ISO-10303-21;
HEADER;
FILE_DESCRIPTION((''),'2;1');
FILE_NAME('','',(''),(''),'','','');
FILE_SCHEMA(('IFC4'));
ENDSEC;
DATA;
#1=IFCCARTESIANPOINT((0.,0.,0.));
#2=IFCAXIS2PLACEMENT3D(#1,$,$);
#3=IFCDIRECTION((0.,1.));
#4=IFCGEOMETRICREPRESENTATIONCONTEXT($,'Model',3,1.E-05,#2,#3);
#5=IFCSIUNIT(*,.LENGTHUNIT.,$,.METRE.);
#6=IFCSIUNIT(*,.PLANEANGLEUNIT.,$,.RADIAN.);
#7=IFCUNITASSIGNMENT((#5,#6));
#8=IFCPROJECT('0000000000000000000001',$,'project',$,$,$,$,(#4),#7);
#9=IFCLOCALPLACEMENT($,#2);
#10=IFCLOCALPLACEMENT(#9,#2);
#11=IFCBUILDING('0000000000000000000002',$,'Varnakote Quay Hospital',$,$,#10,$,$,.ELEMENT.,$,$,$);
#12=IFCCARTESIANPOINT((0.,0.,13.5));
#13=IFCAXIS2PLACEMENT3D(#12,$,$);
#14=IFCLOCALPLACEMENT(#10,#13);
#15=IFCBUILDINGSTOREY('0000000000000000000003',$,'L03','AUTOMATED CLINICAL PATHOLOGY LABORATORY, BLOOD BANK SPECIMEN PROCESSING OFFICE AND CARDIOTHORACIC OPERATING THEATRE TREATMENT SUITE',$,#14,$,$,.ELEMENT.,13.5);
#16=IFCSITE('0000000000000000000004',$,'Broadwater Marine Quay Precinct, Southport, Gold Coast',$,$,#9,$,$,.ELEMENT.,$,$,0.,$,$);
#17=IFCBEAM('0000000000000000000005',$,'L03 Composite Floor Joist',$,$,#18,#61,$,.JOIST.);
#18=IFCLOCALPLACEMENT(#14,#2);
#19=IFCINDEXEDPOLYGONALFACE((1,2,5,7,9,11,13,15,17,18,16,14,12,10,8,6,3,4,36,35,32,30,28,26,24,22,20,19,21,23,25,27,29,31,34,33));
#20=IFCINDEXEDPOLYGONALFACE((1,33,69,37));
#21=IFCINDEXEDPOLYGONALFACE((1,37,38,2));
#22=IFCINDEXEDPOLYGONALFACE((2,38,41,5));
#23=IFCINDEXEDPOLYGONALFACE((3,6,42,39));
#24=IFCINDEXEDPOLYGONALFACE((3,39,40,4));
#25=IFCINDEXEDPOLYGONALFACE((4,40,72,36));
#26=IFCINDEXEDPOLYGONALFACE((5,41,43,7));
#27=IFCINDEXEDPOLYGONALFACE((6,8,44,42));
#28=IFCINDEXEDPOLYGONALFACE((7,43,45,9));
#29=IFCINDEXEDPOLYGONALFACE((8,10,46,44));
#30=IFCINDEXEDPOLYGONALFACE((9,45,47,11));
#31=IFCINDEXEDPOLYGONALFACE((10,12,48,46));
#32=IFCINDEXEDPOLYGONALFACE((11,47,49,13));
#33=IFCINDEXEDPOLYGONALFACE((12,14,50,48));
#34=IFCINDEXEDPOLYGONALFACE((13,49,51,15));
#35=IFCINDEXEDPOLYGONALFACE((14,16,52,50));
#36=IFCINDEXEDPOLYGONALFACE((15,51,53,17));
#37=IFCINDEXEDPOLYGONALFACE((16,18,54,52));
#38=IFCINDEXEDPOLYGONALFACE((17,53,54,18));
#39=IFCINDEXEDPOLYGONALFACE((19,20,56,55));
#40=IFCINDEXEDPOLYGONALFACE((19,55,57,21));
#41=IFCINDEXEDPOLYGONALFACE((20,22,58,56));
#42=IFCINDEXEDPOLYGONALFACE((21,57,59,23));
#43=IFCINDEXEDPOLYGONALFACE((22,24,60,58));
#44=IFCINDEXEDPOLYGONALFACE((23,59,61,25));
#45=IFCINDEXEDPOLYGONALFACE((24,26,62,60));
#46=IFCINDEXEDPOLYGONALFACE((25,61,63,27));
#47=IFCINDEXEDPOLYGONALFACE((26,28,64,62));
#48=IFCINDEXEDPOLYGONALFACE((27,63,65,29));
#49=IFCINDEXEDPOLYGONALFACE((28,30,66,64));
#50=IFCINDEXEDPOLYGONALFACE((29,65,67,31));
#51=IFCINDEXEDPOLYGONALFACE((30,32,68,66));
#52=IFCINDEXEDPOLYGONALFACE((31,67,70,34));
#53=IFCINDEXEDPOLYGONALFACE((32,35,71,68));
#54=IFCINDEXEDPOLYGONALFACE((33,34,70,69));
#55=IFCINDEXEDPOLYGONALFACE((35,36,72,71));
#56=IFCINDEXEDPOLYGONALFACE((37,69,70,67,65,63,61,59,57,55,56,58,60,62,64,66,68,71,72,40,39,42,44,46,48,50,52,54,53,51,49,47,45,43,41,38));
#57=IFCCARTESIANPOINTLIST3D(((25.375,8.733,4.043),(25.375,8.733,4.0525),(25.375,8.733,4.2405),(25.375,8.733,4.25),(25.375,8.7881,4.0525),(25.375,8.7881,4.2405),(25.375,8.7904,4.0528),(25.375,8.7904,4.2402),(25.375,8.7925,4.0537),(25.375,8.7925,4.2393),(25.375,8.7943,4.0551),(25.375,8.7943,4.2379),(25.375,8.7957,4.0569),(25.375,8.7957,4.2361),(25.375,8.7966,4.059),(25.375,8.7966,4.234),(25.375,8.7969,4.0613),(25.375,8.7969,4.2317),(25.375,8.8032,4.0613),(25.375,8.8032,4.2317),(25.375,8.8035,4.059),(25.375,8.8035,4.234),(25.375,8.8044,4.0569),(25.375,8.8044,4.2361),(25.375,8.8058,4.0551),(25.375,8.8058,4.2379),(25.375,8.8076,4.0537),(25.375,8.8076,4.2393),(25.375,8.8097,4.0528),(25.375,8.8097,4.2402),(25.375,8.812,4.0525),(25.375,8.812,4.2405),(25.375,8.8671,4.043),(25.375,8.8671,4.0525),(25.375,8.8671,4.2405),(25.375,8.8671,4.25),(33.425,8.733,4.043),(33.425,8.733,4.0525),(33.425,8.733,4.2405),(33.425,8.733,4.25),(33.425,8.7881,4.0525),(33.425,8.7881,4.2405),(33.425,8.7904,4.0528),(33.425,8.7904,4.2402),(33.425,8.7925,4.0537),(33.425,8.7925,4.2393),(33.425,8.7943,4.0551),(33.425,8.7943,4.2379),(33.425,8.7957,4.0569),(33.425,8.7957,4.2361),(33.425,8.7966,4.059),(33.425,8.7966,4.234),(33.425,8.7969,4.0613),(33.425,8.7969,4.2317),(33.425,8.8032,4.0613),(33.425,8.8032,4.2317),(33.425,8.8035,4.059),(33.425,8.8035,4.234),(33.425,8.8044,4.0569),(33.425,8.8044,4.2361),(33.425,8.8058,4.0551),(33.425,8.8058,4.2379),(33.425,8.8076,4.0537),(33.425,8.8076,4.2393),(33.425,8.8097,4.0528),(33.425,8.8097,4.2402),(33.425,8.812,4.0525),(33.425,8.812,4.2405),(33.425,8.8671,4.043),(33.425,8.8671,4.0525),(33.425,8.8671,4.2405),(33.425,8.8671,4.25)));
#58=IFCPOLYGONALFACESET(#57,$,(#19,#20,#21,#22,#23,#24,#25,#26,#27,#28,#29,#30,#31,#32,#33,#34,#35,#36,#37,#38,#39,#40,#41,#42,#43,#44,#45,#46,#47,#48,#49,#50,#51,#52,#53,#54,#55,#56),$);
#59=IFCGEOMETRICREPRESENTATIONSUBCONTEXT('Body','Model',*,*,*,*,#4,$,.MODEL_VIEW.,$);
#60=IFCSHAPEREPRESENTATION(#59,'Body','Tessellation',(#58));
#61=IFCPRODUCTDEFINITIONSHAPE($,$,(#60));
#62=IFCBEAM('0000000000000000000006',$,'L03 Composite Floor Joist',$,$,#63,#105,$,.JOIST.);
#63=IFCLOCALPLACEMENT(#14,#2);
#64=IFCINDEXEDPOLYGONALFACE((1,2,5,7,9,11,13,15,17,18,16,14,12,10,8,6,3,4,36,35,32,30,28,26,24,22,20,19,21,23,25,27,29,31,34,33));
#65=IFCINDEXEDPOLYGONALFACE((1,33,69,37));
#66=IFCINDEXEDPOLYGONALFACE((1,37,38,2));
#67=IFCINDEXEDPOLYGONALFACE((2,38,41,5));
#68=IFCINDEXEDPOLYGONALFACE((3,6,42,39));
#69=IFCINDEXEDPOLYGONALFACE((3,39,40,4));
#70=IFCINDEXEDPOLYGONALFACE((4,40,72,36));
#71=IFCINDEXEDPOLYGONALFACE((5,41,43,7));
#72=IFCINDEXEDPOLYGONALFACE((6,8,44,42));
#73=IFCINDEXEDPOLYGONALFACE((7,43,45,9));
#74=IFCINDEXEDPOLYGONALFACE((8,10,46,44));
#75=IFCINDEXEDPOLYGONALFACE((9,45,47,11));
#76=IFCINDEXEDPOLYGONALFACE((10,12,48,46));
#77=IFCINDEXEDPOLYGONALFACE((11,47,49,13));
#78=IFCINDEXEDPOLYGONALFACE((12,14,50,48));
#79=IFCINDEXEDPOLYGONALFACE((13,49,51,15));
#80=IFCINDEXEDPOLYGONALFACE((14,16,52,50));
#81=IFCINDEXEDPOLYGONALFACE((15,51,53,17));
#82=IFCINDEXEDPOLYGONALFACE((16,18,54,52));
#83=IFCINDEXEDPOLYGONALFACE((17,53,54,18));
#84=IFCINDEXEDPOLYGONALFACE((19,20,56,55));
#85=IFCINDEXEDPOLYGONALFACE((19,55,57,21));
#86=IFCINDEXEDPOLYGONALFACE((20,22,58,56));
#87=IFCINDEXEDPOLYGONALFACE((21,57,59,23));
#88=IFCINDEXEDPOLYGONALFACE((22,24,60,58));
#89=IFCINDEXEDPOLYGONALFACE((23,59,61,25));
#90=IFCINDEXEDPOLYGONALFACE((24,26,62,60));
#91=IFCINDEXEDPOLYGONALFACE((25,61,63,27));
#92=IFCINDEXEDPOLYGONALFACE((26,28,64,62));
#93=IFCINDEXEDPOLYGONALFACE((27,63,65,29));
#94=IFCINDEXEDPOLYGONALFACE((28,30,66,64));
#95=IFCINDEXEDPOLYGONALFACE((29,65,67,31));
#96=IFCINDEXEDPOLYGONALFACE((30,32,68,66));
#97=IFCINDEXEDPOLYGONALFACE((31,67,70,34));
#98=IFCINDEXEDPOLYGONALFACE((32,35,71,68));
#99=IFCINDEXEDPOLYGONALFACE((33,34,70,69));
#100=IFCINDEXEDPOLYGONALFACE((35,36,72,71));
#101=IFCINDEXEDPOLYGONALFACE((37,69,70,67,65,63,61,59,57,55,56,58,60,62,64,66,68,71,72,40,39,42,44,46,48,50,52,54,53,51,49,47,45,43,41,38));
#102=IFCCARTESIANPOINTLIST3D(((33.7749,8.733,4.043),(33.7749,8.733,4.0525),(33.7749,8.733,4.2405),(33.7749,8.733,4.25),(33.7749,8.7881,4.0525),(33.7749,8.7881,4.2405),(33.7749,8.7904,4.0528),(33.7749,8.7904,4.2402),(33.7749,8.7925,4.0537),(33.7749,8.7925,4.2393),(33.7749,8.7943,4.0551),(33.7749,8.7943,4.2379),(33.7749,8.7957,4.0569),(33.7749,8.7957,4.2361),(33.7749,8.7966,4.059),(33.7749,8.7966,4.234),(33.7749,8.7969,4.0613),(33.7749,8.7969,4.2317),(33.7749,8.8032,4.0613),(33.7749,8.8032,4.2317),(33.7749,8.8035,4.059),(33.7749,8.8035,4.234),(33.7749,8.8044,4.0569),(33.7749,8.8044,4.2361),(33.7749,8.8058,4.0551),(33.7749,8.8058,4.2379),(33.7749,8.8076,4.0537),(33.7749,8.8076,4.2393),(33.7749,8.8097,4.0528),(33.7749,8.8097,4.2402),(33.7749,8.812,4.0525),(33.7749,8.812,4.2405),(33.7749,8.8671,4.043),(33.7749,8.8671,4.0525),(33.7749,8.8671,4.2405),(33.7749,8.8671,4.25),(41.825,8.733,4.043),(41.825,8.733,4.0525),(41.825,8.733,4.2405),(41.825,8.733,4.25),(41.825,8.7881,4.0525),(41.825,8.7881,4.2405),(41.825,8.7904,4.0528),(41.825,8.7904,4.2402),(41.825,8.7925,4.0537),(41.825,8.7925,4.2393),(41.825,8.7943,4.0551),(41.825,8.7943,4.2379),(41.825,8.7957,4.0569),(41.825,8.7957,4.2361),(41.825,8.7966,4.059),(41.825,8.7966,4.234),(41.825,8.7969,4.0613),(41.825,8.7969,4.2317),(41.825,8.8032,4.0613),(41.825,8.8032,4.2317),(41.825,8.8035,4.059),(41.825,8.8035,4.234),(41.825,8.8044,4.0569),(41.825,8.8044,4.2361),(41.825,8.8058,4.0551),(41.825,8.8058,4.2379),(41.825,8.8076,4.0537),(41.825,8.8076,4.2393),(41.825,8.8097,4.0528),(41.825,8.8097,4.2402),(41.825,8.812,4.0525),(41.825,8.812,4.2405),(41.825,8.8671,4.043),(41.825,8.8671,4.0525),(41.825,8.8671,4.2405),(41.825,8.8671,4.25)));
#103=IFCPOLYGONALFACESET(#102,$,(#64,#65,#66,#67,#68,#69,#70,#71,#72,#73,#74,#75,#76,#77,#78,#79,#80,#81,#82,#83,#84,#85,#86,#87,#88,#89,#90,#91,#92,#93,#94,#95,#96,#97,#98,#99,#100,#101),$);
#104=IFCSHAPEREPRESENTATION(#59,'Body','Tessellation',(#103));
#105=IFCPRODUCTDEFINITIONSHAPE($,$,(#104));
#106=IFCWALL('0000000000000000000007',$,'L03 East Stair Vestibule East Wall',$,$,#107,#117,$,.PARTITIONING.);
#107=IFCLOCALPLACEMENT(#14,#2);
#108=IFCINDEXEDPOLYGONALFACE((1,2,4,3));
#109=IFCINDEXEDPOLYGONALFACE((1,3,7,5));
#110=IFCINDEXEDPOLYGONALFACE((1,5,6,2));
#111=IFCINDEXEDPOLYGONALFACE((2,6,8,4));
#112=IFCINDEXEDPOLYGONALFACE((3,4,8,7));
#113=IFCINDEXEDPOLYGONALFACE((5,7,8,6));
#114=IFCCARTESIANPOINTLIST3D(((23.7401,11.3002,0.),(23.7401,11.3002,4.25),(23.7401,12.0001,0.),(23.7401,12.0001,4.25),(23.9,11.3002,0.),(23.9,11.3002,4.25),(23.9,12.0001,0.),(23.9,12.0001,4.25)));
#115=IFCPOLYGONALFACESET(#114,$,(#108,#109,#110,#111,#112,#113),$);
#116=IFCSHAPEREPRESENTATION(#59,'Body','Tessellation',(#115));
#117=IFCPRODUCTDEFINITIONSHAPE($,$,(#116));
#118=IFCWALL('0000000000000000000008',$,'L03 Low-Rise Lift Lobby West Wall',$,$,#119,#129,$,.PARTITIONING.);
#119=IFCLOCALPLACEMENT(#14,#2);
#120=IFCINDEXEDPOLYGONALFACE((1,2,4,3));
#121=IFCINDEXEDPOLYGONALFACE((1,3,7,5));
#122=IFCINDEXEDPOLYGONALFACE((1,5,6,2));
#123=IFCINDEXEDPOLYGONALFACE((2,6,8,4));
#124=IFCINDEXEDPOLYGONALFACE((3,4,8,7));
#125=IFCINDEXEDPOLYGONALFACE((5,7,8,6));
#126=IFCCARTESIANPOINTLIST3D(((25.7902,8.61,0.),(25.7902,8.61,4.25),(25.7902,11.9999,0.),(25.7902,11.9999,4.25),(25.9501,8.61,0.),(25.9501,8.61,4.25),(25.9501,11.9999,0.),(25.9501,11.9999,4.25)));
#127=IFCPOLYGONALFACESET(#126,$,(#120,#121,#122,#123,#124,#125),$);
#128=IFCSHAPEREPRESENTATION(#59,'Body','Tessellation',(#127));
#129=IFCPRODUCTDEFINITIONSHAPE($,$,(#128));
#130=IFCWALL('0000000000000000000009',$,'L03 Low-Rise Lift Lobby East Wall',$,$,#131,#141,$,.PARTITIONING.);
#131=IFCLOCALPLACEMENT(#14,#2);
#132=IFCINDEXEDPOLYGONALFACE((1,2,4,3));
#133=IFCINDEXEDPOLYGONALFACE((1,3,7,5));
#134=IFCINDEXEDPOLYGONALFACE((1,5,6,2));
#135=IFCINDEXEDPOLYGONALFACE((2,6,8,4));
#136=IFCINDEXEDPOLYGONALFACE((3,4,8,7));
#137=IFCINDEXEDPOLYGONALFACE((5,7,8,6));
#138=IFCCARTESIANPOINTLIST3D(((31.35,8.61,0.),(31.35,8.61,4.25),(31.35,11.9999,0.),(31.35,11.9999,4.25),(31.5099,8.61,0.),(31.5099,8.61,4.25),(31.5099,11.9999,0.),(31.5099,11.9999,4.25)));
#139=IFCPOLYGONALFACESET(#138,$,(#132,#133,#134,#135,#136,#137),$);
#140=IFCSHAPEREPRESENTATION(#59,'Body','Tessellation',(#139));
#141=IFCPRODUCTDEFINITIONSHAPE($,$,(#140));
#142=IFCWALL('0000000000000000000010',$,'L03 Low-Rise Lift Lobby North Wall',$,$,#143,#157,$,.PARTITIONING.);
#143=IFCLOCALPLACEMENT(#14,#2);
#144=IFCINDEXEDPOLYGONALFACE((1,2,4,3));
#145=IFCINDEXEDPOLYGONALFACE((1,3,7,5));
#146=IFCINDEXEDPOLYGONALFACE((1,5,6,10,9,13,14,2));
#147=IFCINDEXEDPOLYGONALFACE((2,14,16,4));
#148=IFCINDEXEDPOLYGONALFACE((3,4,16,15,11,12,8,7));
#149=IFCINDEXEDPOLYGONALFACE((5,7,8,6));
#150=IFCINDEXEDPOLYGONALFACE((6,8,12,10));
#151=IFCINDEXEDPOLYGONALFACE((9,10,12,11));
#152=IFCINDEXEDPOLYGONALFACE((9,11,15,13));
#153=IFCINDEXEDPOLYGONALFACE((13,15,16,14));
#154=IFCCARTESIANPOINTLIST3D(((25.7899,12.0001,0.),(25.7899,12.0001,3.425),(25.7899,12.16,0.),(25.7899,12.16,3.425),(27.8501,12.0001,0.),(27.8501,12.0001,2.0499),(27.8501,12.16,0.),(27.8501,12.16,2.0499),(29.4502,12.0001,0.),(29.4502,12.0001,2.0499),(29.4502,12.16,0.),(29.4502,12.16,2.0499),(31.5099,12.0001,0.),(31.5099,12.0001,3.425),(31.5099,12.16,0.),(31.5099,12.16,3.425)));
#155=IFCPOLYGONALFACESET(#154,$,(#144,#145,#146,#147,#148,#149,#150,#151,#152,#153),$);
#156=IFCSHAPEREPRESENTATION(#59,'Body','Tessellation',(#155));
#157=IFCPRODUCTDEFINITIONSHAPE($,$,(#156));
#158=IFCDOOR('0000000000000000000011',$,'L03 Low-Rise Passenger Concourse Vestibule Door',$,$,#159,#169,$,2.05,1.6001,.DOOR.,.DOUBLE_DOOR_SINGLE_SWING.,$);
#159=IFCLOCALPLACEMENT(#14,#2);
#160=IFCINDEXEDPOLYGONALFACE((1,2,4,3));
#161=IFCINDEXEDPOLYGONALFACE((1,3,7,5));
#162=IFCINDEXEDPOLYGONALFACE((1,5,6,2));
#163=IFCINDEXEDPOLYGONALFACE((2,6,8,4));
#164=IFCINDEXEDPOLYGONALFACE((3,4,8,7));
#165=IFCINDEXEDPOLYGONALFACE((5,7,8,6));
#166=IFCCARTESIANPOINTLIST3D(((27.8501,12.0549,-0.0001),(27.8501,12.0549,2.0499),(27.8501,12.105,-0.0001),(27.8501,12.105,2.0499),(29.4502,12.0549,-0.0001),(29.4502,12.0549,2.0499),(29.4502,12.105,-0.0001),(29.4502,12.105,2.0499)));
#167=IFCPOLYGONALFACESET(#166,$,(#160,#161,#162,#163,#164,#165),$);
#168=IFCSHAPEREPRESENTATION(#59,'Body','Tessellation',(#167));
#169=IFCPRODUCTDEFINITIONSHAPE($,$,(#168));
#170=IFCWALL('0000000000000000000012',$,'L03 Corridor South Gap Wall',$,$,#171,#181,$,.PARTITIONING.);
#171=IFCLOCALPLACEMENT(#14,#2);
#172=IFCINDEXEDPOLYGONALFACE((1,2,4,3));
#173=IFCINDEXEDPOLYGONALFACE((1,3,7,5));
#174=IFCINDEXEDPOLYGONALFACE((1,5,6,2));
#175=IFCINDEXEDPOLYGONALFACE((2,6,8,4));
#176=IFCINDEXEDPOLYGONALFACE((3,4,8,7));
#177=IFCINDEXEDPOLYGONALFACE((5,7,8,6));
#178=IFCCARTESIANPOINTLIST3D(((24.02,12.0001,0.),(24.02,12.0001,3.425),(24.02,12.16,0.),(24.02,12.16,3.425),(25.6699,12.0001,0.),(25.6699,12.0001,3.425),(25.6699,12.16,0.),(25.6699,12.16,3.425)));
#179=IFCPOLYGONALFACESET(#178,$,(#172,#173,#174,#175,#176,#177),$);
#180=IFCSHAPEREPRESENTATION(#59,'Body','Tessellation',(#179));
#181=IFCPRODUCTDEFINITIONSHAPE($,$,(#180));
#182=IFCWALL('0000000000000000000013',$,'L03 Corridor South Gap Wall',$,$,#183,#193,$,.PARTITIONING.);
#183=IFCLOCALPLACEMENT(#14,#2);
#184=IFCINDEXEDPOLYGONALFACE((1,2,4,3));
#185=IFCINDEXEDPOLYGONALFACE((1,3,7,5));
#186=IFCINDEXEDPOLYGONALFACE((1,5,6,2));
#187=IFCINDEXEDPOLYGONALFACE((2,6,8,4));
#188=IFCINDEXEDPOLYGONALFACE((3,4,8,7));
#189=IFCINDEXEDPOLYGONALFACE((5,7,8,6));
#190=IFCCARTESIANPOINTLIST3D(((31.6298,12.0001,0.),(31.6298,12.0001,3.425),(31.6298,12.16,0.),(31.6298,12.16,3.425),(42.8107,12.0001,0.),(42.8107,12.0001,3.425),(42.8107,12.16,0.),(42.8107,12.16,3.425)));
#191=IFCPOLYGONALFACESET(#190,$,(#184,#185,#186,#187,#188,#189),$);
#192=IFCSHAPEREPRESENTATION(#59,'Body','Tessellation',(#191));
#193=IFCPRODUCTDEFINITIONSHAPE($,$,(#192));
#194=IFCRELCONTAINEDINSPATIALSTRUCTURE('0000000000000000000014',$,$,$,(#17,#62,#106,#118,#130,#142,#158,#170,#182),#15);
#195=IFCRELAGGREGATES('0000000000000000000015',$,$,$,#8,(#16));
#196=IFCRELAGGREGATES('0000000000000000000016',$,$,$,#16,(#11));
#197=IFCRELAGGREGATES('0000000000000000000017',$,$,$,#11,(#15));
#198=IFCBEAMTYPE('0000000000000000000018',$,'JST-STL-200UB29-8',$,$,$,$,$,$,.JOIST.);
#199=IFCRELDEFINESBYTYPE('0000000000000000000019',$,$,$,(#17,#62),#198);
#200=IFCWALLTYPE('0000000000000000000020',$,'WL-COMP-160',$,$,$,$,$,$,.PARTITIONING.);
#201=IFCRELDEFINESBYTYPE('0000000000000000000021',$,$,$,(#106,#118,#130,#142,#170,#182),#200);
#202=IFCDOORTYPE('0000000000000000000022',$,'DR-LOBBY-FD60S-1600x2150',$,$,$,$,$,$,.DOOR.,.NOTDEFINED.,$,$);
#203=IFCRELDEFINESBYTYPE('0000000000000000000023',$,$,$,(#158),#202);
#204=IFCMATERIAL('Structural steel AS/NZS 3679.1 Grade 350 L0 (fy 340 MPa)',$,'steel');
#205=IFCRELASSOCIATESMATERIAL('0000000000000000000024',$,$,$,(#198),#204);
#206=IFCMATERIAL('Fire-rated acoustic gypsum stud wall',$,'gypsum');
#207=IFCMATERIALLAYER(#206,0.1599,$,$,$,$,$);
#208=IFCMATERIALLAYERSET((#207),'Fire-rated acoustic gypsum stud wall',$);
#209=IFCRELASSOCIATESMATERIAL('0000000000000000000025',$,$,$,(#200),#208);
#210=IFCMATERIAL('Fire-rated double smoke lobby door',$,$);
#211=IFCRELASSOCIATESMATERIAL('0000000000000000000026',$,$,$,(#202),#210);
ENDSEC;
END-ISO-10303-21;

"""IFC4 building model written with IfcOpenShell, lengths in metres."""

from ifc_helpers import new_model, si_unit, direction, frame, frame_2d, origin, origin_2d, place, context, subcontext, project, spatial, rectangle, i_section, extrude, material, layer, layer_set, material_profile, profile_set, type_object, element, fill, save


model = new_model("IFC4")

# Units and contexts
model_context = context("Model", 3, precision=1e-05, world=origin(), true_north=direction((0.0, 1.0)))
body_context = subcontext(model_context, "Body", "Model", "MODEL_VIEW")
ifc_project = project(units=[si_unit("LENGTHUNIT", "METRE"), si_unit("PLANEANGLEUNIT", "RADIAN")], contexts=[model_context])

# Site, building, storey
site_placement = place(None, origin())
site = spatial("IfcSite", under=ifc_project, at=site_placement, Name="Broadwater Marine Quay Precinct, Southport, Gold Coast", CompositionType="ELEMENT", RefElevation=0.0)
building_placement = place(site_placement, origin())
building = spatial("IfcBuilding", under=site, at=building_placement, Name="Varnakote Quay Hospital", CompositionType="ELEMENT")
storey_placement = place(building_placement, frame((0.0, 0.0, 13.5)))
storey = spatial("IfcBuildingStorey", under=building, at=storey_placement, Name="L03", Description="AUTOMATED CLINICAL PATHOLOGY LABORATORY, BLOOD BANK SPECIMEN PROCESSING OFFICE AND CARDIOTHORACIC OPERATING THEATRE TREATMENT SUITE", CompositionType="ELEMENT", Elevation=13.5)

# Beams
ifc_material_1 = material(Name="Structural steel AS/NZS 3679.1 Grade 350 L0 (fy 340 MPa)", Category="steel")
ifc_material_profile_1 = material_profile(ifc_material_1, i_section(OverallWidth=0.134, OverallDepth=0.207, WebThickness=0.0063, FlangeThickness=0.0095, FilletRadius=0.0088, at=origin_2d()), Name="200UB29.8")
ifc_profile_set_1 = profile_set([ifc_material_profile_1], Name="Structural steel AS/NZS 3679.1 Grade 350 L0 (fy 340 MPa)")
beam_type_1 = type_object("IfcBeamType", Name="JST-STL-200UB29-8", PredefinedType="JOIST", material=ifc_profile_set_1)
for number, where, z_axis, x_axis, name in (
    (1, (25.375, 8.8, 4.1465), (1.0, 0.0, 0.0), (0.0, 1.0, 0.0), "L03 Composite Floor Joist"),
    (2, (33.7749, 8.8, 4.1465), (1.0, 0.0, 0.0), (0.0, 1.0, 0.0), "L03 Composite Floor Joist"),
):
    element("IfcBeam", number, at=place(storey_placement, frame(where, z_axis=z_axis, x_axis=x_axis)), inside=storey, type_object=beam_type_1, Name=name, PredefinedType="JOIST", context=body_context, shape_type="SweptSolid", body=[
        extrude(i_section(OverallWidth=0.134, OverallDepth=0.207, WebThickness=0.0063, FlangeThickness=0.0095, FilletRadius=0.0088, at=origin_2d()), origin(), (0.0, 0.0, 1.0), 8.05),
    ])

# Walls
ifc_material_2 = material(Name="Fire-rated acoustic gypsum stud wall", Category="gypsum")
ifc_layer_1 = layer(ifc_material_2, 0.1599)
ifc_layer_set_1 = layer_set([ifc_layer_1], Name="Fire-rated acoustic gypsum stud wall")
wall_type_1 = type_object("IfcWallType", Name="WL-COMP-160", PredefinedType="PARTITIONING", material=ifc_layer_set_1)
wall_1_placement = place(storey_placement, frame((23.8201, 11.3, 0.0), z_axis=(0.0, 0.0, 1.0), x_axis=(0.0, 1.0, 0.0)))
element("IfcWall", 3, at=wall_1_placement, inside=storey, type_object=wall_type_1, Name="L03 East Stair Vestibule East Wall", PredefinedType="PARTITIONING", context=body_context, shape_type="SweptSolid", body=[
    extrude(rectangle(XDim=0.7, YDim=0.1599, at=frame_2d((0.3501, 0.0))), origin(), (0.0, 0.0, 1.0), 4.25),
])
for number, where, z_axis, x_axis, name in (
    (4, (25.8701, 8.6101, 0.0), (0.0, 0.0, 1.0), (0.0, 1.0, 0.0), "L03 Low-Rise Lift Lobby West Wall"),
    (5, (31.4299, 8.6101, 0.0), (0.0, 0.0, 1.0), (0.0, 1.0, 0.0), "L03 Low-Rise Lift Lobby East Wall"),
):
    element("IfcWall", number, at=place(storey_placement, frame(where, z_axis=z_axis, x_axis=x_axis)), inside=storey, type_object=wall_type_1, Name=name, PredefinedType="PARTITIONING", context=body_context, shape_type="SweptSolid", body=[
        extrude(rectangle(XDim=3.3899, YDim=0.1599, at=frame_2d((1.6948, 0.0))), origin(), (0.0, 0.0, 1.0), 4.25),
    ])

# Wall, opening, door
wall_2_placement = place(storey_placement, frame((25.79, 12.0801, 0.0), z_axis=(0.0, 0.0, 1.0), x_axis=(1.0, 0.0, 0.0)))
wall_2 = element("IfcWall", 6, at=wall_2_placement, inside=storey, type_object=wall_type_1, Name="L03 Low-Rise Lift Lobby North Wall", PredefinedType="PARTITIONING", context=body_context, shape_type="SweptSolid", body=[
    extrude(rectangle(XDim=5.72, YDim=0.1599, at=frame_2d((2.8599, 0.0))), origin(), (0.0, 0.0, 1.0), 3.425),
])
opening_1_placement = place(wall_2_placement, frame((2.0601, 0.0, 0.0)))
opening_1 = element("IfcOpeningElement", 7, at=opening_1_placement, cuts=wall_2, PredefinedType="OPENING", context=body_context, shape_type="SweptSolid", body=[
    extrude(rectangle(XDim=1.6001, YDim=2.05, at=frame_2d((0.8, 1.0249))), frame((0.0, 0.0898, 0.0), z_axis=(0.0, -1.0, 0.0), x_axis=(1.0, 0.0, 0.0)), (0.0, 0.0, 1.0), 0.1799),
])
ifc_material_3 = material(Name="Fire-rated double smoke lobby door")
door_type_1 = type_object("IfcDoorType", Name="DR-LOBBY-FD60S-1600x2150", OperationType="NOTDEFINED", PredefinedType="DOOR", material=ifc_material_3)
door_1_placement = place(opening_1_placement, origin())
door_1 = element("IfcDoor", 8, at=door_1_placement, inside=storey, type_object=door_type_1, Name="L03 Low-Rise Passenger Concourse Vestibule Door", OperationType="DOUBLE_DOOR_SINGLE_SWING", OverallHeight=2.05, OverallWidth=1.6001, PredefinedType="DOOR", context=body_context, shape_type="SweptSolid", body=[
    extrude(rectangle(XDim=1.6001, YDim=2.05, at=frame_2d((0.8, 1.0249))), frame((0.0, 0.0249, 0.0), z_axis=(0.0, -1.0, 0.0), x_axis=(1.0, 0.0, 0.0)), (0.0, 0.0, 1.0), 0.05),
])
fill(opening_1, door_1)

# Walls
wall_3_placement = place(storey_placement, frame((24.02, 12.0801, 0.0), z_axis=(0.0, 0.0, 1.0), x_axis=(1.0, 0.0, 0.0)))
element("IfcWall", 9, at=wall_3_placement, inside=storey, type_object=wall_type_1, Name="L03 Corridor South Gap Wall", PredefinedType="PARTITIONING", context=body_context, shape_type="SweptSolid", body=[
    extrude(rectangle(XDim=1.6499, YDim=0.1599, at=frame_2d((0.825, 0.0))), origin(), (0.0, 0.0, 1.0), 3.425),
])
wall_4_placement = place(storey_placement, frame((31.6299, 12.0801, 0.0), z_axis=(0.0, 0.0, 1.0), x_axis=(1.0, 0.0, 0.0)))
element("IfcWall", 10, at=wall_4_placement, inside=storey, type_object=wall_type_1, Name="L03 Corridor South Gap Wall", PredefinedType="PARTITIONING", context=body_context, shape_type="SweptSolid", body=[
    extrude(rectangle(XDim=11.1809, YDim=0.1599, at=frame_2d((5.5903, 0.0))), origin(), (0.0, 0.0, 1.0), 3.425),
])

save(model, "model.ifc")
